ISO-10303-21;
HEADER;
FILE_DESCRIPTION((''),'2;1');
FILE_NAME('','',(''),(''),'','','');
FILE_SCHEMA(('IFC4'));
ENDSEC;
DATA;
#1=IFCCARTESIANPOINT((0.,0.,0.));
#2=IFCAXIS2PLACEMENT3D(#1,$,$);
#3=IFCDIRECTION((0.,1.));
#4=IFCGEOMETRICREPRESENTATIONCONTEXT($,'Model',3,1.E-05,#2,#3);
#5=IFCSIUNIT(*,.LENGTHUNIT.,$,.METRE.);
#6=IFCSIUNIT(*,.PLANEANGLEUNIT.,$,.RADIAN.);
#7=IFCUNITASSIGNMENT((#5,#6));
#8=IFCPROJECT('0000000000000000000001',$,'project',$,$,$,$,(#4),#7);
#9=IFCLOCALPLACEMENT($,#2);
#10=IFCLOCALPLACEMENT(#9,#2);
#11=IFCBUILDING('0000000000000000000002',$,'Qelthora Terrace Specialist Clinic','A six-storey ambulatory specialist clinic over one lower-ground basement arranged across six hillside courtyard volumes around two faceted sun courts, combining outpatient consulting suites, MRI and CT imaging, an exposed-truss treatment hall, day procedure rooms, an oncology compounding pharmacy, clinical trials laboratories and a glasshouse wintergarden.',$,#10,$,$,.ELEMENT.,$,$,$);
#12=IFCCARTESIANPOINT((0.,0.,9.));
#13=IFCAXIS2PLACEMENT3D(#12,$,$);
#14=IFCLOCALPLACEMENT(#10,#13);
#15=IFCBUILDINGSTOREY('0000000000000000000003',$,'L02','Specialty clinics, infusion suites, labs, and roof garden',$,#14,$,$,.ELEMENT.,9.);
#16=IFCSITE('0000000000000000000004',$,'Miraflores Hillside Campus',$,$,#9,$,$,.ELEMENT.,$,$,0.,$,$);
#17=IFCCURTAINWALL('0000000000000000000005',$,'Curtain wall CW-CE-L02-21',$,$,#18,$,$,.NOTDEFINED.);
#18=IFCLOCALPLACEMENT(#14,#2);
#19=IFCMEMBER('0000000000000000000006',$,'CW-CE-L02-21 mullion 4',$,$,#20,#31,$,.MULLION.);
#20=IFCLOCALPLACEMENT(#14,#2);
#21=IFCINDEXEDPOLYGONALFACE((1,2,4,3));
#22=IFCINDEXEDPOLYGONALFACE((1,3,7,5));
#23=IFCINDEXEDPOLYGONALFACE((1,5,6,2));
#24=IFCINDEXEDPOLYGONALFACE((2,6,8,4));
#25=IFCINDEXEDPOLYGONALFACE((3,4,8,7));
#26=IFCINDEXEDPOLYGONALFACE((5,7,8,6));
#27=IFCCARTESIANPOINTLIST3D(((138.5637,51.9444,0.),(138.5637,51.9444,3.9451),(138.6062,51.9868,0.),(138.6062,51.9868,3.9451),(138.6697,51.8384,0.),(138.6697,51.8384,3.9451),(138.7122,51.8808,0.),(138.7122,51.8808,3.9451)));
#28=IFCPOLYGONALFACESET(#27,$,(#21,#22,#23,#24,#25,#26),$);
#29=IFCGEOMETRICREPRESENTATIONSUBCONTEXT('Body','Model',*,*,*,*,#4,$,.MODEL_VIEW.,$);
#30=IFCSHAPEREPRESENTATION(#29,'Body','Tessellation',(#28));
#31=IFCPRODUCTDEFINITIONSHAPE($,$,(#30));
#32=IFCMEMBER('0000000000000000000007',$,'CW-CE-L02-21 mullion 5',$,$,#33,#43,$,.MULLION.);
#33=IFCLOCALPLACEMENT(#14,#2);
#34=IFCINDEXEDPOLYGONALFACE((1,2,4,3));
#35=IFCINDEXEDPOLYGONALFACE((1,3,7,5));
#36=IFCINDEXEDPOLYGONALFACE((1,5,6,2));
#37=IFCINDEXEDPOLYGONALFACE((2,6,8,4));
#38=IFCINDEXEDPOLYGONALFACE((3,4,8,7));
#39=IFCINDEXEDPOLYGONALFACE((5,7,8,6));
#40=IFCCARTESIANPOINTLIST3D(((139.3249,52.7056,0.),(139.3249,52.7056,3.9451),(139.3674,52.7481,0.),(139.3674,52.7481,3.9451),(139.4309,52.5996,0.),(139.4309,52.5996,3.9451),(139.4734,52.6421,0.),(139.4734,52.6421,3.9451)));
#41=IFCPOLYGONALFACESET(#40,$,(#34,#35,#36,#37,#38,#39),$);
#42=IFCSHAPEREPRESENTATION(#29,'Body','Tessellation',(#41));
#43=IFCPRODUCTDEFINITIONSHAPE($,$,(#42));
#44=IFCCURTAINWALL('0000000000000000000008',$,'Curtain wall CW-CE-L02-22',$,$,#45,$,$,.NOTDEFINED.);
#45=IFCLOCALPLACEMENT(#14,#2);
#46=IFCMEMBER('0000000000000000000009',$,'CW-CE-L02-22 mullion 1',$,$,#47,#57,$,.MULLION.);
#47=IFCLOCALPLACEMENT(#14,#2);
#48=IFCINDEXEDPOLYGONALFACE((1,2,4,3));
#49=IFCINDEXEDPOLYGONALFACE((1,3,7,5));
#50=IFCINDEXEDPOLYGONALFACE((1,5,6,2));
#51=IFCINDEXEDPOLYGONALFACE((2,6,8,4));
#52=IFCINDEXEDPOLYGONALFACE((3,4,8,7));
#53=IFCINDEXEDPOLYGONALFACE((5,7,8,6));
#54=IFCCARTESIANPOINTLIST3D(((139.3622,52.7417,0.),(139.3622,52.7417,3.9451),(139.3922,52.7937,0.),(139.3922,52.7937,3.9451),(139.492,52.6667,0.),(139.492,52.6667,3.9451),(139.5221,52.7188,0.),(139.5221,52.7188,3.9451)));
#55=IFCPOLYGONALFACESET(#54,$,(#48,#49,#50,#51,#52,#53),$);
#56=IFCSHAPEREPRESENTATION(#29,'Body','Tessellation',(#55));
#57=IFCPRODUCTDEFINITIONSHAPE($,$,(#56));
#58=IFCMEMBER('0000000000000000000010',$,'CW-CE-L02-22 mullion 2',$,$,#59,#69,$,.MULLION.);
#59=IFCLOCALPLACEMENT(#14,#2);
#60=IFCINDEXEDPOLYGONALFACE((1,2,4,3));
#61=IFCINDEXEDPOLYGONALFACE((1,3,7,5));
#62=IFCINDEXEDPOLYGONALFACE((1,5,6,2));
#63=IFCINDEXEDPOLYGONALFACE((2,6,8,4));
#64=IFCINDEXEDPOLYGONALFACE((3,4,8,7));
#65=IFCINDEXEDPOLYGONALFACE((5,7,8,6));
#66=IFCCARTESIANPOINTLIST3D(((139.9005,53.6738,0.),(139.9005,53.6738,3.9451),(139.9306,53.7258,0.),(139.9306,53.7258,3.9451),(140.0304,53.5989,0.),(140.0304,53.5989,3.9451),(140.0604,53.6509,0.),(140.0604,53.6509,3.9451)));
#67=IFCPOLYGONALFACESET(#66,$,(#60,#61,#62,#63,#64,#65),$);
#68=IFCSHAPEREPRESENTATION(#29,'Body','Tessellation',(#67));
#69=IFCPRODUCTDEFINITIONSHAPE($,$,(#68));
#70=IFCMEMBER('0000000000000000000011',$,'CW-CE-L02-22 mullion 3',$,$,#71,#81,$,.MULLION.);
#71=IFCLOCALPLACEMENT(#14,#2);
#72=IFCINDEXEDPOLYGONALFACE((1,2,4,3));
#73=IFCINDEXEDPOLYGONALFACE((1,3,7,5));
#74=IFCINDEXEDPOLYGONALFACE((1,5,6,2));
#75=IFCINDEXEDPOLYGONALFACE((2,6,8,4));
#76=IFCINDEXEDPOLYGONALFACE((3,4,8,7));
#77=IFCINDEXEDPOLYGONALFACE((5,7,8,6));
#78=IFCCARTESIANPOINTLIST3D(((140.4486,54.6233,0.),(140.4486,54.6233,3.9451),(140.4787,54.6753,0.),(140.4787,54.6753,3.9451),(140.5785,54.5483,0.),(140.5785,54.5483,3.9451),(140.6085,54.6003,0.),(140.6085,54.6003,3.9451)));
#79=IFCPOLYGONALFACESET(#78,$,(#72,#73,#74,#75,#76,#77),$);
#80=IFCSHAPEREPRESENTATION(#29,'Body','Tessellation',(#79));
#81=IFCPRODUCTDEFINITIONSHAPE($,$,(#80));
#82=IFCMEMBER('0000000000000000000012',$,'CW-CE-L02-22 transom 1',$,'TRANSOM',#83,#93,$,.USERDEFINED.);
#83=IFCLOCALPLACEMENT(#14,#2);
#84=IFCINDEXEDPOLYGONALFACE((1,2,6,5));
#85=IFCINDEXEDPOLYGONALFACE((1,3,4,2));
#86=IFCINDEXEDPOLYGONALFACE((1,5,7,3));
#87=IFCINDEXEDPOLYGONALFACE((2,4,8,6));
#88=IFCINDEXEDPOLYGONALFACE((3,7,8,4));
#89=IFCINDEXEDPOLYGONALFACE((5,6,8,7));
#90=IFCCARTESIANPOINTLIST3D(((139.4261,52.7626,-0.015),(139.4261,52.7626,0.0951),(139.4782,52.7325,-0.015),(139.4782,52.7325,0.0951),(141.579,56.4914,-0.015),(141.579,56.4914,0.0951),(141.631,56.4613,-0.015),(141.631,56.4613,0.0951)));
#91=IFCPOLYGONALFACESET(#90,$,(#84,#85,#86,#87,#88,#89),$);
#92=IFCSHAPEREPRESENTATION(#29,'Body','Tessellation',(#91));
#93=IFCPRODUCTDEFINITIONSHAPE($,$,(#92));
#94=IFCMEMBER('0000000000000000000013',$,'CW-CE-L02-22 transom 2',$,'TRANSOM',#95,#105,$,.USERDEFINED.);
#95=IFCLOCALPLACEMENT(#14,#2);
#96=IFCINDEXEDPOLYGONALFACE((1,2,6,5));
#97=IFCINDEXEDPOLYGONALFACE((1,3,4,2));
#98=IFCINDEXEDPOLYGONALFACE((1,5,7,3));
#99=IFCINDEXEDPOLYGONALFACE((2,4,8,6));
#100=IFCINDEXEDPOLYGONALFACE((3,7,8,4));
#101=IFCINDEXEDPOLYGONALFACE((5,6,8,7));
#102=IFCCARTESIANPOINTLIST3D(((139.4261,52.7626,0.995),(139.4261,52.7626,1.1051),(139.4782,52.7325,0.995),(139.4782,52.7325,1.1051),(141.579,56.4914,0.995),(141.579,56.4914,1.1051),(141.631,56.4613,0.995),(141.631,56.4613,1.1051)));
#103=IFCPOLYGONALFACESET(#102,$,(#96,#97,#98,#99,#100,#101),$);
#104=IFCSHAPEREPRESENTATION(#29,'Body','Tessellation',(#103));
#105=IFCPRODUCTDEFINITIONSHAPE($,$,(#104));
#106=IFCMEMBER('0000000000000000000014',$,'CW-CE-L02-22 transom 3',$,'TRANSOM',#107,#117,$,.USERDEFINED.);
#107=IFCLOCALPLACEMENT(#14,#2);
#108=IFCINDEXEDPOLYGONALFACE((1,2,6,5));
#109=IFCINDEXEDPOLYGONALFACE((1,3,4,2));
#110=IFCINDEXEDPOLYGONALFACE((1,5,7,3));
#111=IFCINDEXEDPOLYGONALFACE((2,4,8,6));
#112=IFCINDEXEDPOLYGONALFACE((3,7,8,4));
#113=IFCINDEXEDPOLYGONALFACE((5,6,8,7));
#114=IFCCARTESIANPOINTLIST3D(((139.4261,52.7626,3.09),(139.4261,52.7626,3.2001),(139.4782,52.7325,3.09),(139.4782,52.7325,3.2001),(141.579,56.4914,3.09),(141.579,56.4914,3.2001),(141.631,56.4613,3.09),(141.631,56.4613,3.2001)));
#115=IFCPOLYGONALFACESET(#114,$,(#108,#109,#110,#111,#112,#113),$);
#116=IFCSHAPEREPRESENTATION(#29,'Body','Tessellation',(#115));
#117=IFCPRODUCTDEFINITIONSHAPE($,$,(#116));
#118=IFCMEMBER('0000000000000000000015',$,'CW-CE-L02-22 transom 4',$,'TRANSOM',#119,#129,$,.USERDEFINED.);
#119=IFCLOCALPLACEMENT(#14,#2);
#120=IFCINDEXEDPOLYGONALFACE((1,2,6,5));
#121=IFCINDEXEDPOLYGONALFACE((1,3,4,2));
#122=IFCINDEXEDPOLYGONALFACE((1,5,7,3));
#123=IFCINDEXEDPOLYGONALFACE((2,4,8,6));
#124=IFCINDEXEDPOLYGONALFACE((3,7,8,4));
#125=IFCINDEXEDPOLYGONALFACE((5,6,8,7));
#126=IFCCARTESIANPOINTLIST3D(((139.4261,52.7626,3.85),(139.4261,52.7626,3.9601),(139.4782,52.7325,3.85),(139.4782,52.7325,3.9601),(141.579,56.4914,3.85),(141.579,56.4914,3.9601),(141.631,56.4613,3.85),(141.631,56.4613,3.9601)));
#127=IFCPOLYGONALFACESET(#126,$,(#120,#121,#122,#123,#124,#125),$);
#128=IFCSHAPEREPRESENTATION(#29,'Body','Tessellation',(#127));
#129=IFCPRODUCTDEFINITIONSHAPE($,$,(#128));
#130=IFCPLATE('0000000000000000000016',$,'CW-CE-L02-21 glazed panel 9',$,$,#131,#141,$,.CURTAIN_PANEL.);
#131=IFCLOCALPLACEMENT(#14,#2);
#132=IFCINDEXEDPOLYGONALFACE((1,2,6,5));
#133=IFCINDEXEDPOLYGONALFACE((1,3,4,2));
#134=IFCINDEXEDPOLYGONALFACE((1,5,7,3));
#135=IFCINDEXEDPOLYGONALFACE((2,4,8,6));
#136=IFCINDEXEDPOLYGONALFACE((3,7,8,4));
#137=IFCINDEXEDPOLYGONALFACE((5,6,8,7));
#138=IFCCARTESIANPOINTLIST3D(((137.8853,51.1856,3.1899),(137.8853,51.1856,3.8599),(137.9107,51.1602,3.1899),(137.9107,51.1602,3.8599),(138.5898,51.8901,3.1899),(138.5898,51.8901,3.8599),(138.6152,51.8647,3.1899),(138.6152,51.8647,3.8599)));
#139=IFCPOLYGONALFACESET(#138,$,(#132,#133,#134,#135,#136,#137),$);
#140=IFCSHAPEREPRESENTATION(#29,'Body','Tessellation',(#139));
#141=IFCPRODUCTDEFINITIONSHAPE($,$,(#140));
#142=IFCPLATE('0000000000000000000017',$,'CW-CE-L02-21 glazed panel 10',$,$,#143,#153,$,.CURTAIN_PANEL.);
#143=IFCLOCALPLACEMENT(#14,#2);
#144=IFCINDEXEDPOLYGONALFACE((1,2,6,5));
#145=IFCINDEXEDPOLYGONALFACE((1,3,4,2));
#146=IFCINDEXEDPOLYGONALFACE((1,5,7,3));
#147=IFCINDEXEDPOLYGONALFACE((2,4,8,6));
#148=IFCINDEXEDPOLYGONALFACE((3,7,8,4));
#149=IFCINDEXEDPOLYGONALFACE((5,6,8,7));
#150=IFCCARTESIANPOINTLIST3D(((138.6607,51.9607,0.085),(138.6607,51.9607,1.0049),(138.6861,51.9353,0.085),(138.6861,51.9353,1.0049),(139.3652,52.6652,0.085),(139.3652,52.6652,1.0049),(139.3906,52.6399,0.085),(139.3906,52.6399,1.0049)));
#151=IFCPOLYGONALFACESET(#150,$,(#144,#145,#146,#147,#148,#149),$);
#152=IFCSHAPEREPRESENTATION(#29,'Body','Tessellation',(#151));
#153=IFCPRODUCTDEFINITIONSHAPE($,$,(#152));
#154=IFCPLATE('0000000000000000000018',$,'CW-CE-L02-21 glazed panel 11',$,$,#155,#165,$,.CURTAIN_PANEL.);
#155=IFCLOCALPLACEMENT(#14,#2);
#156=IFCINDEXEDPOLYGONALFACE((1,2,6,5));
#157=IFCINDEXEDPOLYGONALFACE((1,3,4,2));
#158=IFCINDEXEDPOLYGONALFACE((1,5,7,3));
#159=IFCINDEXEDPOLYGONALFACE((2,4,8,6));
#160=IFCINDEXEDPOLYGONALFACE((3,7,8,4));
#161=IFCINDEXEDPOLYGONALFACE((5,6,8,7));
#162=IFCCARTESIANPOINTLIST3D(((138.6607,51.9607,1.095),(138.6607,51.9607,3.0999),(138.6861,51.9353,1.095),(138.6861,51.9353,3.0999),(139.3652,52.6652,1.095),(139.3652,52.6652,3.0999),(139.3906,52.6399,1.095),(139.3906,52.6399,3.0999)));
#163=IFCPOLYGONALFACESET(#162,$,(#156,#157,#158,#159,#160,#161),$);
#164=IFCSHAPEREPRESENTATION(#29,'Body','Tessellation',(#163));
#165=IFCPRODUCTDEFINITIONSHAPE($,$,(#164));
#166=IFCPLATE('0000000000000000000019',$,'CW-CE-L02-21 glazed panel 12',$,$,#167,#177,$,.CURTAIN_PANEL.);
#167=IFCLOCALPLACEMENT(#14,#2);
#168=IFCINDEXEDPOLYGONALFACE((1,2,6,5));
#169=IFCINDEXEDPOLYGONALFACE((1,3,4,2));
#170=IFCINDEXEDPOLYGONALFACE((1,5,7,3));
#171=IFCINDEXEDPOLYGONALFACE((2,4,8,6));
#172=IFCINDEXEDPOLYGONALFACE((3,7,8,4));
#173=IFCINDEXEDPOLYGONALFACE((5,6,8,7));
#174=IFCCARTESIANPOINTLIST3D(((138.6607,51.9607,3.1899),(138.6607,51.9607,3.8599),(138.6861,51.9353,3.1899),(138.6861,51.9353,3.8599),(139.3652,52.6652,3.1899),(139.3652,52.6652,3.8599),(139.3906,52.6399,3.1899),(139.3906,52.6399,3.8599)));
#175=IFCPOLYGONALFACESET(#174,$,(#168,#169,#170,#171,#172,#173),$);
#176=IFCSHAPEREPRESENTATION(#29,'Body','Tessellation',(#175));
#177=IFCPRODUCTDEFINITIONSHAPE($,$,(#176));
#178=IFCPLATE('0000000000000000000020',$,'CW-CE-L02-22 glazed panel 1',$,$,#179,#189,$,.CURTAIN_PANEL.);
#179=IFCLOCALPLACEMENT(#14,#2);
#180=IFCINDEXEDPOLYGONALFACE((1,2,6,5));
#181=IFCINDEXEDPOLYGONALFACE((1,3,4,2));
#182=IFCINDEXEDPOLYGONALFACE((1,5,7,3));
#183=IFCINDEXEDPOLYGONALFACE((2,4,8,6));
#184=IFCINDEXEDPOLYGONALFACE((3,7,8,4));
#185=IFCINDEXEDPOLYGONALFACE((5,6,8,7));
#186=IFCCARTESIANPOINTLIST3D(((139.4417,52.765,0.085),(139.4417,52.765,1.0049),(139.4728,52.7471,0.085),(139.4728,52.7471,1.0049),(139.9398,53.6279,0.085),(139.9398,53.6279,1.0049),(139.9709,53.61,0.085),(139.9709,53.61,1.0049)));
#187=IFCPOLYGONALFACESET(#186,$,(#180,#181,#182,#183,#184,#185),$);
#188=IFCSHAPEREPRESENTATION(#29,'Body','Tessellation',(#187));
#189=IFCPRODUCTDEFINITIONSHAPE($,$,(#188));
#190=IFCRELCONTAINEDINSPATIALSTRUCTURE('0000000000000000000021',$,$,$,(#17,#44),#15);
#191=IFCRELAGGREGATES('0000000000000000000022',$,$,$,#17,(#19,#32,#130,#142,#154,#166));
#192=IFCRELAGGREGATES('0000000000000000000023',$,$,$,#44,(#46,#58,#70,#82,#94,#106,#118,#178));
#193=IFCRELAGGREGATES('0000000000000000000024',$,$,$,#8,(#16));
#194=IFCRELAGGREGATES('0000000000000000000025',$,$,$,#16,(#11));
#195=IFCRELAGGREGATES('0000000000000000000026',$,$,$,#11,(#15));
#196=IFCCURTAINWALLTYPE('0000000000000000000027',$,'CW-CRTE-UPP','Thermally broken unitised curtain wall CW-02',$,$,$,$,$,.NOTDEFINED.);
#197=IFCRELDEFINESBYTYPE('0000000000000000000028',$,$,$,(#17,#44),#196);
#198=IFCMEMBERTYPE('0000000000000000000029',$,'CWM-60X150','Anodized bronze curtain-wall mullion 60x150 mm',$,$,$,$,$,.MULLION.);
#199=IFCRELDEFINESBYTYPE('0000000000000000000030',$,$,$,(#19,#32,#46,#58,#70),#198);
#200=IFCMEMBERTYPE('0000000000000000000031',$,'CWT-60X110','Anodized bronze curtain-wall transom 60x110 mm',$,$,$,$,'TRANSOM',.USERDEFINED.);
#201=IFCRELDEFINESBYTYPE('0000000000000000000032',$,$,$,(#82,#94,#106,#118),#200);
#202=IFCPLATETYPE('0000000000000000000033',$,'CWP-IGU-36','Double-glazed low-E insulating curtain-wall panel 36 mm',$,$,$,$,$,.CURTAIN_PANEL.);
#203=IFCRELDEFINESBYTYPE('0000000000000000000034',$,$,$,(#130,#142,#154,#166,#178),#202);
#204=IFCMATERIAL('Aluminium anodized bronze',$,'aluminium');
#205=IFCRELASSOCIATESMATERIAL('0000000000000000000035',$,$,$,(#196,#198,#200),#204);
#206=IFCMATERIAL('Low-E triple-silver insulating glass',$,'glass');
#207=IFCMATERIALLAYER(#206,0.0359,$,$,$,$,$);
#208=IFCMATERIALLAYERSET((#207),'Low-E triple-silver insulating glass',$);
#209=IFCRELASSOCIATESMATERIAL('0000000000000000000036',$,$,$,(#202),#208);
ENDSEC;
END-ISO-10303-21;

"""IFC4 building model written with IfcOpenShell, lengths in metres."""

from ifc_helpers import new_model, si_unit, direction, frame, origin, origin_2d, place, context, subcontext, project, spatial, rectangle, extrude, material, layer, layer_set, material_profile, profile_set, type_object, element, aggregate, save


model = new_model("IFC4")

# Units and contexts
model_context = context("Model", 3, precision=1e-05, world=origin(), true_north=direction((0.0, 1.0)))
body_context = subcontext(model_context, "Body", "Model", "MODEL_VIEW")
ifc_project = project(units=[si_unit("LENGTHUNIT", "METRE"), si_unit("PLANEANGLEUNIT", "RADIAN")], contexts=[model_context])

# Site, building, storey
site_placement = place(None, origin())
site = spatial("IfcSite", under=ifc_project, at=site_placement, Name="Miraflores Hillside Campus", CompositionType="ELEMENT", RefElevation=0.0)
building_placement = place(site_placement, origin())
building = spatial("IfcBuilding", under=site, at=building_placement, Name="Qelthora Terrace Specialist Clinic", Description="A six-storey ambulatory specialist clinic over one lower-ground basement arranged across six hillside courtyard volumes around two faceted sun courts, combining outpatient consulting suites, MRI and CT imaging, an exposed-truss treatment hall, day procedure rooms, an oncology compounding pharmacy, clinical trials laboratories and a glasshouse wintergarden.", CompositionType="ELEMENT")
storey_placement = place(building_placement, frame((0.0, 0.0, 9.0)))
storey = spatial("IfcBuildingStorey", under=building, at=storey_placement, Name="L02", Description="Specialty clinics, infusion suites, labs, and roof garden", CompositionType="ELEMENT", Elevation=9.0)

# Curtain walls, members
ifc_material_1 = material(Name="Aluminium anodized bronze", Category="aluminium")
curtain_wall_type = type_object("IfcCurtainWallType", Name="CW-CRTE-UPP", Description="Thermally broken unitised curtain wall CW-02", PredefinedType="NOTDEFINED", material=ifc_material_1)
curtain_wall_1_placement = place(storey_placement, origin())
curtain_wall_1 = element("IfcCurtainWall", 1, at=curtain_wall_1_placement, inside=storey, type_object=curtain_wall_type, Name="Curtain wall CW-CE-L02-21", PredefinedType="NOTDEFINED")
ifc_material_profile_1 = material_profile(ifc_material_1, rectangle(XDim=0.0601, YDim=0.1499, at=origin_2d()), Name="CWM60X150")
ifc_profile_set_1 = profile_set([ifc_material_profile_1], Name="Aluminium anodized bronze")
member_type_1 = type_object("IfcMemberType", Name="CWM-60X150", Description="Anodized bronze curtain-wall mullion 60x150 mm", PredefinedType="MULLION", material=ifc_profile_set_1)
member_1_placement = place(storey_placement, frame((138.6379, 51.9126, 0.0), z_axis=(0.0, 0.0, 1.0), x_axis=(0.707107, 0.707107, 0.0)))
member_1 = element("IfcMember", 2, at=member_1_placement, type_object=member_type_1, Name="CW-CE-L02-21 mullion 4", PredefinedType="MULLION", context=body_context, shape_type="SweptSolid", body=[
    extrude(rectangle(XDim=0.0601, YDim=0.1499, at=origin_2d()), origin(), (0.0, 0.0, 1.0), 3.9451),
])
member_2_placement = place(storey_placement, frame((139.3992, 52.6738, 0.0), z_axis=(0.0, 0.0, 1.0), x_axis=(0.707107, 0.707107, 0.0)))
member_2 = element("IfcMember", 3, at=member_2_placement, type_object=member_type_1, Name="CW-CE-L02-21 mullion 5", PredefinedType="MULLION", context=body_context, shape_type="SweptSolid", body=[
    extrude(rectangle(XDim=0.0601, YDim=0.1499, at=origin_2d()), origin(), (0.0, 0.0, 1.0), 3.9451),
])
curtain_wall_2_placement = place(storey_placement, origin())
curtain_wall_2 = element("IfcCurtainWall", 4, at=curtain_wall_2_placement, inside=storey, type_object=curtain_wall_type, Name="Curtain wall CW-CE-L02-22", PredefinedType="NOTDEFINED")
member_3_placement = place(storey_placement, frame((139.4421, 52.7302, 0.0), z_axis=(0.0, 0.0, 1.0), x_axis=(0.5, 0.866025, 0.0)))
member_3 = element("IfcMember", 5, at=member_3_placement, type_object=member_type_1, Name="CW-CE-L02-22 mullion 1", PredefinedType="MULLION", context=body_context, shape_type="SweptSolid", body=[
    extrude(rectangle(XDim=0.0601, YDim=0.1499, at=origin_2d()), origin(), (0.0, 0.0, 1.0), 3.9451),
])
member_4_placement = place(storey_placement, frame((139.9805, 53.6624, 0.0), z_axis=(0.0, 0.0, 1.0), x_axis=(0.5, 0.866025, 0.0)))
member_4 = element("IfcMember", 6, at=member_4_placement, type_object=member_type_1, Name="CW-CE-L02-22 mullion 2", PredefinedType="MULLION", context=body_context, shape_type="SweptSolid", body=[
    extrude(rectangle(XDim=0.0601, YDim=0.1499, at=origin_2d()), origin(), (0.0, 0.0, 1.0), 3.9451),
])
member_5_placement = place(storey_placement, frame((140.5286, 54.6118, 0.0), z_axis=(0.0, 0.0, 1.0), x_axis=(0.5, 0.866025, 0.0)))
member_5 = element("IfcMember", 7, at=member_5_placement, type_object=member_type_1, Name="CW-CE-L02-22 mullion 3", PredefinedType="MULLION", context=body_context, shape_type="SweptSolid", body=[
    extrude(rectangle(XDim=0.0601, YDim=0.1499, at=origin_2d()), origin(), (0.0, 0.0, 1.0), 3.9451),
])
ifc_material_profile_2 = material_profile(ifc_material_1, rectangle(XDim=0.0601, YDim=0.1101, at=origin_2d()), Name="CWT60X110")
ifc_profile_set_2 = profile_set([ifc_material_profile_2], Name="Aluminium anodized bronze")
member_type_2 = type_object("IfcMemberType", Name="CWT-60X110", Description="Anodized bronze curtain-wall transom 60x110 mm", ElementType="TRANSOM", PredefinedType="USERDEFINED", material=ifc_profile_set_2)
member_6_placement = place(storey_placement, frame((139.4521, 52.7476, 0.04), z_axis=(0.500006, 0.866022, 0.0), x_axis=(-0.866022, 0.500006, 0.0)))
member_6 = element("IfcMember", 8, at=member_6_placement, type_object=member_type_2, Name="CW-CE-L02-22 transom 1", ObjectType="TRANSOM", PredefinedType="USERDEFINED", context=body_context, shape_type="SweptSolid", body=[
    extrude(rectangle(XDim=0.0601, YDim=0.1101, at=origin_2d()), origin(), (0.0, 0.0, 1.0), 4.3057),
])
member_7_placement = place(storey_placement, frame((139.4521, 52.7476, 1.05), z_axis=(0.500006, 0.866022, 0.0), x_axis=(-0.866022, 0.500006, 0.0)))
member_7 = element("IfcMember", 9, at=member_7_placement, type_object=member_type_2, Name="CW-CE-L02-22 transom 2", ObjectType="TRANSOM", PredefinedType="USERDEFINED", context=body_context, shape_type="SweptSolid", body=[
    extrude(rectangle(XDim=0.0601, YDim=0.1101, at=origin_2d()), origin(), (0.0, 0.0, 1.0), 4.3057),
])
member_8_placement = place(storey_placement, frame((139.4521, 52.7476, 3.145), z_axis=(0.500006, 0.866022, 0.0), x_axis=(-0.866022, 0.500006, 0.0)))
member_8 = element("IfcMember", 10, at=member_8_placement, type_object=member_type_2, Name="CW-CE-L02-22 transom 3", ObjectType="TRANSOM", PredefinedType="USERDEFINED", context=body_context, shape_type="SweptSolid", body=[
    extrude(rectangle(XDim=0.0601, YDim=0.1101, at=origin_2d()), origin(), (0.0, 0.0, 1.0), 4.3057),
])
member_9_placement = place(storey_placement, frame((139.4521, 52.7476, 3.905), z_axis=(0.500006, 0.866022, 0.0), x_axis=(-0.866022, 0.500006, 0.0)))
member_9 = element("IfcMember", 11, at=member_9_placement, type_object=member_type_2, Name="CW-CE-L02-22 transom 4", ObjectType="TRANSOM", PredefinedType="USERDEFINED", context=body_context, shape_type="SweptSolid", body=[
    extrude(rectangle(XDim=0.0601, YDim=0.1101, at=origin_2d()), origin(), (0.0, 0.0, 1.0), 4.3057),
])

# Plates
ifc_material_2 = material(Name="Low-E triple-silver insulating glass", Category="glass")
ifc_layer = layer(ifc_material_2, 0.0359)
ifc_layer_set = layer_set([ifc_layer], Name="Low-E triple-silver insulating glass")
plate_type = type_object("IfcPlateType", Name="CWP-IGU-36", Description="Double-glazed low-E insulating curtain-wall panel 36 mm", PredefinedType="CURTAIN_PANEL", material=ifc_layer_set)
plate_1_placement = place(storey_placement, frame((138.2502, 51.5251, 3.1899), z_axis=(0.0, 0.0, 1.0), x_axis=(0.707107, 0.707107, 0.0)))
plate_1 = element("IfcPlate", 12, at=plate_1_placement, type_object=plate_type, Name="CW-CE-L02-21 glazed panel 9", PredefinedType="CURTAIN_PANEL", context=body_context, shape_type="SweptSolid", body=[
    extrude(rectangle(XDim=0.9963, YDim=0.0359, at=origin_2d()), origin(), (0.0, 0.0, 1.0), 0.6699),
])
plate_2_placement = place(storey_placement, frame((139.0256, 52.3003, 0.085), z_axis=(0.0, 0.0, 1.0), x_axis=(0.707107, 0.707107, 0.0)))
plate_2 = element("IfcPlate", 13, at=plate_2_placement, type_object=plate_type, Name="CW-CE-L02-21 glazed panel 10", PredefinedType="CURTAIN_PANEL", context=body_context, shape_type="SweptSolid", body=[
    extrude(rectangle(XDim=0.9963, YDim=0.0359, at=origin_2d()), origin(), (0.0, 0.0, 1.0), 0.9199),
])
plate_3_placement = place(storey_placement, frame((139.0256, 52.3003, 1.095), z_axis=(0.0, 0.0, 1.0), x_axis=(0.707107, 0.707107, 0.0)))
plate_3 = element("IfcPlate", 14, at=plate_3_placement, type_object=plate_type, Name="CW-CE-L02-21 glazed panel 11", PredefinedType="CURTAIN_PANEL", context=body_context, shape_type="SweptSolid", body=[
    extrude(rectangle(XDim=0.9963, YDim=0.0359, at=origin_2d()), origin(), (0.0, 0.0, 1.0), 2.0049),
])
plate_4_placement = place(storey_placement, frame((139.0256, 52.3003, 3.1899), z_axis=(0.0, 0.0, 1.0), x_axis=(0.707107, 0.707107, 0.0)))
plate_4 = element("IfcPlate", 15, at=plate_4_placement, type_object=plate_type, Name="CW-CE-L02-21 glazed panel 12", PredefinedType="CURTAIN_PANEL", context=body_context, shape_type="SweptSolid", body=[
    extrude(rectangle(XDim=0.9963, YDim=0.0359, at=origin_2d()), origin(), (0.0, 0.0, 1.0), 0.6699),
])
aggregate(curtain_wall_1, [member_1, member_2, plate_1, plate_2, plate_3, plate_4])
plate_5_placement = place(storey_placement, frame((139.7063, 53.1875, 0.085), z_axis=(0.0, 0.0, 1.0), x_axis=(0.5, 0.866025, 0.0)))
plate_5 = element("IfcPlate", 16, at=plate_5_placement, type_object=plate_type, Name="CW-CE-L02-22 glazed panel 1", PredefinedType="CURTAIN_PANEL", context=body_context, shape_type="SweptSolid", body=[
    extrude(rectangle(XDim=0.9963, YDim=0.0359, at=origin_2d()), origin(), (0.0, 0.0, 1.0), 0.9199),
])
aggregate(curtain_wall_2, [member_3, member_4, member_5, member_6, member_7, member_8, member_9, plate_5])

save(model, "model.ifc")
